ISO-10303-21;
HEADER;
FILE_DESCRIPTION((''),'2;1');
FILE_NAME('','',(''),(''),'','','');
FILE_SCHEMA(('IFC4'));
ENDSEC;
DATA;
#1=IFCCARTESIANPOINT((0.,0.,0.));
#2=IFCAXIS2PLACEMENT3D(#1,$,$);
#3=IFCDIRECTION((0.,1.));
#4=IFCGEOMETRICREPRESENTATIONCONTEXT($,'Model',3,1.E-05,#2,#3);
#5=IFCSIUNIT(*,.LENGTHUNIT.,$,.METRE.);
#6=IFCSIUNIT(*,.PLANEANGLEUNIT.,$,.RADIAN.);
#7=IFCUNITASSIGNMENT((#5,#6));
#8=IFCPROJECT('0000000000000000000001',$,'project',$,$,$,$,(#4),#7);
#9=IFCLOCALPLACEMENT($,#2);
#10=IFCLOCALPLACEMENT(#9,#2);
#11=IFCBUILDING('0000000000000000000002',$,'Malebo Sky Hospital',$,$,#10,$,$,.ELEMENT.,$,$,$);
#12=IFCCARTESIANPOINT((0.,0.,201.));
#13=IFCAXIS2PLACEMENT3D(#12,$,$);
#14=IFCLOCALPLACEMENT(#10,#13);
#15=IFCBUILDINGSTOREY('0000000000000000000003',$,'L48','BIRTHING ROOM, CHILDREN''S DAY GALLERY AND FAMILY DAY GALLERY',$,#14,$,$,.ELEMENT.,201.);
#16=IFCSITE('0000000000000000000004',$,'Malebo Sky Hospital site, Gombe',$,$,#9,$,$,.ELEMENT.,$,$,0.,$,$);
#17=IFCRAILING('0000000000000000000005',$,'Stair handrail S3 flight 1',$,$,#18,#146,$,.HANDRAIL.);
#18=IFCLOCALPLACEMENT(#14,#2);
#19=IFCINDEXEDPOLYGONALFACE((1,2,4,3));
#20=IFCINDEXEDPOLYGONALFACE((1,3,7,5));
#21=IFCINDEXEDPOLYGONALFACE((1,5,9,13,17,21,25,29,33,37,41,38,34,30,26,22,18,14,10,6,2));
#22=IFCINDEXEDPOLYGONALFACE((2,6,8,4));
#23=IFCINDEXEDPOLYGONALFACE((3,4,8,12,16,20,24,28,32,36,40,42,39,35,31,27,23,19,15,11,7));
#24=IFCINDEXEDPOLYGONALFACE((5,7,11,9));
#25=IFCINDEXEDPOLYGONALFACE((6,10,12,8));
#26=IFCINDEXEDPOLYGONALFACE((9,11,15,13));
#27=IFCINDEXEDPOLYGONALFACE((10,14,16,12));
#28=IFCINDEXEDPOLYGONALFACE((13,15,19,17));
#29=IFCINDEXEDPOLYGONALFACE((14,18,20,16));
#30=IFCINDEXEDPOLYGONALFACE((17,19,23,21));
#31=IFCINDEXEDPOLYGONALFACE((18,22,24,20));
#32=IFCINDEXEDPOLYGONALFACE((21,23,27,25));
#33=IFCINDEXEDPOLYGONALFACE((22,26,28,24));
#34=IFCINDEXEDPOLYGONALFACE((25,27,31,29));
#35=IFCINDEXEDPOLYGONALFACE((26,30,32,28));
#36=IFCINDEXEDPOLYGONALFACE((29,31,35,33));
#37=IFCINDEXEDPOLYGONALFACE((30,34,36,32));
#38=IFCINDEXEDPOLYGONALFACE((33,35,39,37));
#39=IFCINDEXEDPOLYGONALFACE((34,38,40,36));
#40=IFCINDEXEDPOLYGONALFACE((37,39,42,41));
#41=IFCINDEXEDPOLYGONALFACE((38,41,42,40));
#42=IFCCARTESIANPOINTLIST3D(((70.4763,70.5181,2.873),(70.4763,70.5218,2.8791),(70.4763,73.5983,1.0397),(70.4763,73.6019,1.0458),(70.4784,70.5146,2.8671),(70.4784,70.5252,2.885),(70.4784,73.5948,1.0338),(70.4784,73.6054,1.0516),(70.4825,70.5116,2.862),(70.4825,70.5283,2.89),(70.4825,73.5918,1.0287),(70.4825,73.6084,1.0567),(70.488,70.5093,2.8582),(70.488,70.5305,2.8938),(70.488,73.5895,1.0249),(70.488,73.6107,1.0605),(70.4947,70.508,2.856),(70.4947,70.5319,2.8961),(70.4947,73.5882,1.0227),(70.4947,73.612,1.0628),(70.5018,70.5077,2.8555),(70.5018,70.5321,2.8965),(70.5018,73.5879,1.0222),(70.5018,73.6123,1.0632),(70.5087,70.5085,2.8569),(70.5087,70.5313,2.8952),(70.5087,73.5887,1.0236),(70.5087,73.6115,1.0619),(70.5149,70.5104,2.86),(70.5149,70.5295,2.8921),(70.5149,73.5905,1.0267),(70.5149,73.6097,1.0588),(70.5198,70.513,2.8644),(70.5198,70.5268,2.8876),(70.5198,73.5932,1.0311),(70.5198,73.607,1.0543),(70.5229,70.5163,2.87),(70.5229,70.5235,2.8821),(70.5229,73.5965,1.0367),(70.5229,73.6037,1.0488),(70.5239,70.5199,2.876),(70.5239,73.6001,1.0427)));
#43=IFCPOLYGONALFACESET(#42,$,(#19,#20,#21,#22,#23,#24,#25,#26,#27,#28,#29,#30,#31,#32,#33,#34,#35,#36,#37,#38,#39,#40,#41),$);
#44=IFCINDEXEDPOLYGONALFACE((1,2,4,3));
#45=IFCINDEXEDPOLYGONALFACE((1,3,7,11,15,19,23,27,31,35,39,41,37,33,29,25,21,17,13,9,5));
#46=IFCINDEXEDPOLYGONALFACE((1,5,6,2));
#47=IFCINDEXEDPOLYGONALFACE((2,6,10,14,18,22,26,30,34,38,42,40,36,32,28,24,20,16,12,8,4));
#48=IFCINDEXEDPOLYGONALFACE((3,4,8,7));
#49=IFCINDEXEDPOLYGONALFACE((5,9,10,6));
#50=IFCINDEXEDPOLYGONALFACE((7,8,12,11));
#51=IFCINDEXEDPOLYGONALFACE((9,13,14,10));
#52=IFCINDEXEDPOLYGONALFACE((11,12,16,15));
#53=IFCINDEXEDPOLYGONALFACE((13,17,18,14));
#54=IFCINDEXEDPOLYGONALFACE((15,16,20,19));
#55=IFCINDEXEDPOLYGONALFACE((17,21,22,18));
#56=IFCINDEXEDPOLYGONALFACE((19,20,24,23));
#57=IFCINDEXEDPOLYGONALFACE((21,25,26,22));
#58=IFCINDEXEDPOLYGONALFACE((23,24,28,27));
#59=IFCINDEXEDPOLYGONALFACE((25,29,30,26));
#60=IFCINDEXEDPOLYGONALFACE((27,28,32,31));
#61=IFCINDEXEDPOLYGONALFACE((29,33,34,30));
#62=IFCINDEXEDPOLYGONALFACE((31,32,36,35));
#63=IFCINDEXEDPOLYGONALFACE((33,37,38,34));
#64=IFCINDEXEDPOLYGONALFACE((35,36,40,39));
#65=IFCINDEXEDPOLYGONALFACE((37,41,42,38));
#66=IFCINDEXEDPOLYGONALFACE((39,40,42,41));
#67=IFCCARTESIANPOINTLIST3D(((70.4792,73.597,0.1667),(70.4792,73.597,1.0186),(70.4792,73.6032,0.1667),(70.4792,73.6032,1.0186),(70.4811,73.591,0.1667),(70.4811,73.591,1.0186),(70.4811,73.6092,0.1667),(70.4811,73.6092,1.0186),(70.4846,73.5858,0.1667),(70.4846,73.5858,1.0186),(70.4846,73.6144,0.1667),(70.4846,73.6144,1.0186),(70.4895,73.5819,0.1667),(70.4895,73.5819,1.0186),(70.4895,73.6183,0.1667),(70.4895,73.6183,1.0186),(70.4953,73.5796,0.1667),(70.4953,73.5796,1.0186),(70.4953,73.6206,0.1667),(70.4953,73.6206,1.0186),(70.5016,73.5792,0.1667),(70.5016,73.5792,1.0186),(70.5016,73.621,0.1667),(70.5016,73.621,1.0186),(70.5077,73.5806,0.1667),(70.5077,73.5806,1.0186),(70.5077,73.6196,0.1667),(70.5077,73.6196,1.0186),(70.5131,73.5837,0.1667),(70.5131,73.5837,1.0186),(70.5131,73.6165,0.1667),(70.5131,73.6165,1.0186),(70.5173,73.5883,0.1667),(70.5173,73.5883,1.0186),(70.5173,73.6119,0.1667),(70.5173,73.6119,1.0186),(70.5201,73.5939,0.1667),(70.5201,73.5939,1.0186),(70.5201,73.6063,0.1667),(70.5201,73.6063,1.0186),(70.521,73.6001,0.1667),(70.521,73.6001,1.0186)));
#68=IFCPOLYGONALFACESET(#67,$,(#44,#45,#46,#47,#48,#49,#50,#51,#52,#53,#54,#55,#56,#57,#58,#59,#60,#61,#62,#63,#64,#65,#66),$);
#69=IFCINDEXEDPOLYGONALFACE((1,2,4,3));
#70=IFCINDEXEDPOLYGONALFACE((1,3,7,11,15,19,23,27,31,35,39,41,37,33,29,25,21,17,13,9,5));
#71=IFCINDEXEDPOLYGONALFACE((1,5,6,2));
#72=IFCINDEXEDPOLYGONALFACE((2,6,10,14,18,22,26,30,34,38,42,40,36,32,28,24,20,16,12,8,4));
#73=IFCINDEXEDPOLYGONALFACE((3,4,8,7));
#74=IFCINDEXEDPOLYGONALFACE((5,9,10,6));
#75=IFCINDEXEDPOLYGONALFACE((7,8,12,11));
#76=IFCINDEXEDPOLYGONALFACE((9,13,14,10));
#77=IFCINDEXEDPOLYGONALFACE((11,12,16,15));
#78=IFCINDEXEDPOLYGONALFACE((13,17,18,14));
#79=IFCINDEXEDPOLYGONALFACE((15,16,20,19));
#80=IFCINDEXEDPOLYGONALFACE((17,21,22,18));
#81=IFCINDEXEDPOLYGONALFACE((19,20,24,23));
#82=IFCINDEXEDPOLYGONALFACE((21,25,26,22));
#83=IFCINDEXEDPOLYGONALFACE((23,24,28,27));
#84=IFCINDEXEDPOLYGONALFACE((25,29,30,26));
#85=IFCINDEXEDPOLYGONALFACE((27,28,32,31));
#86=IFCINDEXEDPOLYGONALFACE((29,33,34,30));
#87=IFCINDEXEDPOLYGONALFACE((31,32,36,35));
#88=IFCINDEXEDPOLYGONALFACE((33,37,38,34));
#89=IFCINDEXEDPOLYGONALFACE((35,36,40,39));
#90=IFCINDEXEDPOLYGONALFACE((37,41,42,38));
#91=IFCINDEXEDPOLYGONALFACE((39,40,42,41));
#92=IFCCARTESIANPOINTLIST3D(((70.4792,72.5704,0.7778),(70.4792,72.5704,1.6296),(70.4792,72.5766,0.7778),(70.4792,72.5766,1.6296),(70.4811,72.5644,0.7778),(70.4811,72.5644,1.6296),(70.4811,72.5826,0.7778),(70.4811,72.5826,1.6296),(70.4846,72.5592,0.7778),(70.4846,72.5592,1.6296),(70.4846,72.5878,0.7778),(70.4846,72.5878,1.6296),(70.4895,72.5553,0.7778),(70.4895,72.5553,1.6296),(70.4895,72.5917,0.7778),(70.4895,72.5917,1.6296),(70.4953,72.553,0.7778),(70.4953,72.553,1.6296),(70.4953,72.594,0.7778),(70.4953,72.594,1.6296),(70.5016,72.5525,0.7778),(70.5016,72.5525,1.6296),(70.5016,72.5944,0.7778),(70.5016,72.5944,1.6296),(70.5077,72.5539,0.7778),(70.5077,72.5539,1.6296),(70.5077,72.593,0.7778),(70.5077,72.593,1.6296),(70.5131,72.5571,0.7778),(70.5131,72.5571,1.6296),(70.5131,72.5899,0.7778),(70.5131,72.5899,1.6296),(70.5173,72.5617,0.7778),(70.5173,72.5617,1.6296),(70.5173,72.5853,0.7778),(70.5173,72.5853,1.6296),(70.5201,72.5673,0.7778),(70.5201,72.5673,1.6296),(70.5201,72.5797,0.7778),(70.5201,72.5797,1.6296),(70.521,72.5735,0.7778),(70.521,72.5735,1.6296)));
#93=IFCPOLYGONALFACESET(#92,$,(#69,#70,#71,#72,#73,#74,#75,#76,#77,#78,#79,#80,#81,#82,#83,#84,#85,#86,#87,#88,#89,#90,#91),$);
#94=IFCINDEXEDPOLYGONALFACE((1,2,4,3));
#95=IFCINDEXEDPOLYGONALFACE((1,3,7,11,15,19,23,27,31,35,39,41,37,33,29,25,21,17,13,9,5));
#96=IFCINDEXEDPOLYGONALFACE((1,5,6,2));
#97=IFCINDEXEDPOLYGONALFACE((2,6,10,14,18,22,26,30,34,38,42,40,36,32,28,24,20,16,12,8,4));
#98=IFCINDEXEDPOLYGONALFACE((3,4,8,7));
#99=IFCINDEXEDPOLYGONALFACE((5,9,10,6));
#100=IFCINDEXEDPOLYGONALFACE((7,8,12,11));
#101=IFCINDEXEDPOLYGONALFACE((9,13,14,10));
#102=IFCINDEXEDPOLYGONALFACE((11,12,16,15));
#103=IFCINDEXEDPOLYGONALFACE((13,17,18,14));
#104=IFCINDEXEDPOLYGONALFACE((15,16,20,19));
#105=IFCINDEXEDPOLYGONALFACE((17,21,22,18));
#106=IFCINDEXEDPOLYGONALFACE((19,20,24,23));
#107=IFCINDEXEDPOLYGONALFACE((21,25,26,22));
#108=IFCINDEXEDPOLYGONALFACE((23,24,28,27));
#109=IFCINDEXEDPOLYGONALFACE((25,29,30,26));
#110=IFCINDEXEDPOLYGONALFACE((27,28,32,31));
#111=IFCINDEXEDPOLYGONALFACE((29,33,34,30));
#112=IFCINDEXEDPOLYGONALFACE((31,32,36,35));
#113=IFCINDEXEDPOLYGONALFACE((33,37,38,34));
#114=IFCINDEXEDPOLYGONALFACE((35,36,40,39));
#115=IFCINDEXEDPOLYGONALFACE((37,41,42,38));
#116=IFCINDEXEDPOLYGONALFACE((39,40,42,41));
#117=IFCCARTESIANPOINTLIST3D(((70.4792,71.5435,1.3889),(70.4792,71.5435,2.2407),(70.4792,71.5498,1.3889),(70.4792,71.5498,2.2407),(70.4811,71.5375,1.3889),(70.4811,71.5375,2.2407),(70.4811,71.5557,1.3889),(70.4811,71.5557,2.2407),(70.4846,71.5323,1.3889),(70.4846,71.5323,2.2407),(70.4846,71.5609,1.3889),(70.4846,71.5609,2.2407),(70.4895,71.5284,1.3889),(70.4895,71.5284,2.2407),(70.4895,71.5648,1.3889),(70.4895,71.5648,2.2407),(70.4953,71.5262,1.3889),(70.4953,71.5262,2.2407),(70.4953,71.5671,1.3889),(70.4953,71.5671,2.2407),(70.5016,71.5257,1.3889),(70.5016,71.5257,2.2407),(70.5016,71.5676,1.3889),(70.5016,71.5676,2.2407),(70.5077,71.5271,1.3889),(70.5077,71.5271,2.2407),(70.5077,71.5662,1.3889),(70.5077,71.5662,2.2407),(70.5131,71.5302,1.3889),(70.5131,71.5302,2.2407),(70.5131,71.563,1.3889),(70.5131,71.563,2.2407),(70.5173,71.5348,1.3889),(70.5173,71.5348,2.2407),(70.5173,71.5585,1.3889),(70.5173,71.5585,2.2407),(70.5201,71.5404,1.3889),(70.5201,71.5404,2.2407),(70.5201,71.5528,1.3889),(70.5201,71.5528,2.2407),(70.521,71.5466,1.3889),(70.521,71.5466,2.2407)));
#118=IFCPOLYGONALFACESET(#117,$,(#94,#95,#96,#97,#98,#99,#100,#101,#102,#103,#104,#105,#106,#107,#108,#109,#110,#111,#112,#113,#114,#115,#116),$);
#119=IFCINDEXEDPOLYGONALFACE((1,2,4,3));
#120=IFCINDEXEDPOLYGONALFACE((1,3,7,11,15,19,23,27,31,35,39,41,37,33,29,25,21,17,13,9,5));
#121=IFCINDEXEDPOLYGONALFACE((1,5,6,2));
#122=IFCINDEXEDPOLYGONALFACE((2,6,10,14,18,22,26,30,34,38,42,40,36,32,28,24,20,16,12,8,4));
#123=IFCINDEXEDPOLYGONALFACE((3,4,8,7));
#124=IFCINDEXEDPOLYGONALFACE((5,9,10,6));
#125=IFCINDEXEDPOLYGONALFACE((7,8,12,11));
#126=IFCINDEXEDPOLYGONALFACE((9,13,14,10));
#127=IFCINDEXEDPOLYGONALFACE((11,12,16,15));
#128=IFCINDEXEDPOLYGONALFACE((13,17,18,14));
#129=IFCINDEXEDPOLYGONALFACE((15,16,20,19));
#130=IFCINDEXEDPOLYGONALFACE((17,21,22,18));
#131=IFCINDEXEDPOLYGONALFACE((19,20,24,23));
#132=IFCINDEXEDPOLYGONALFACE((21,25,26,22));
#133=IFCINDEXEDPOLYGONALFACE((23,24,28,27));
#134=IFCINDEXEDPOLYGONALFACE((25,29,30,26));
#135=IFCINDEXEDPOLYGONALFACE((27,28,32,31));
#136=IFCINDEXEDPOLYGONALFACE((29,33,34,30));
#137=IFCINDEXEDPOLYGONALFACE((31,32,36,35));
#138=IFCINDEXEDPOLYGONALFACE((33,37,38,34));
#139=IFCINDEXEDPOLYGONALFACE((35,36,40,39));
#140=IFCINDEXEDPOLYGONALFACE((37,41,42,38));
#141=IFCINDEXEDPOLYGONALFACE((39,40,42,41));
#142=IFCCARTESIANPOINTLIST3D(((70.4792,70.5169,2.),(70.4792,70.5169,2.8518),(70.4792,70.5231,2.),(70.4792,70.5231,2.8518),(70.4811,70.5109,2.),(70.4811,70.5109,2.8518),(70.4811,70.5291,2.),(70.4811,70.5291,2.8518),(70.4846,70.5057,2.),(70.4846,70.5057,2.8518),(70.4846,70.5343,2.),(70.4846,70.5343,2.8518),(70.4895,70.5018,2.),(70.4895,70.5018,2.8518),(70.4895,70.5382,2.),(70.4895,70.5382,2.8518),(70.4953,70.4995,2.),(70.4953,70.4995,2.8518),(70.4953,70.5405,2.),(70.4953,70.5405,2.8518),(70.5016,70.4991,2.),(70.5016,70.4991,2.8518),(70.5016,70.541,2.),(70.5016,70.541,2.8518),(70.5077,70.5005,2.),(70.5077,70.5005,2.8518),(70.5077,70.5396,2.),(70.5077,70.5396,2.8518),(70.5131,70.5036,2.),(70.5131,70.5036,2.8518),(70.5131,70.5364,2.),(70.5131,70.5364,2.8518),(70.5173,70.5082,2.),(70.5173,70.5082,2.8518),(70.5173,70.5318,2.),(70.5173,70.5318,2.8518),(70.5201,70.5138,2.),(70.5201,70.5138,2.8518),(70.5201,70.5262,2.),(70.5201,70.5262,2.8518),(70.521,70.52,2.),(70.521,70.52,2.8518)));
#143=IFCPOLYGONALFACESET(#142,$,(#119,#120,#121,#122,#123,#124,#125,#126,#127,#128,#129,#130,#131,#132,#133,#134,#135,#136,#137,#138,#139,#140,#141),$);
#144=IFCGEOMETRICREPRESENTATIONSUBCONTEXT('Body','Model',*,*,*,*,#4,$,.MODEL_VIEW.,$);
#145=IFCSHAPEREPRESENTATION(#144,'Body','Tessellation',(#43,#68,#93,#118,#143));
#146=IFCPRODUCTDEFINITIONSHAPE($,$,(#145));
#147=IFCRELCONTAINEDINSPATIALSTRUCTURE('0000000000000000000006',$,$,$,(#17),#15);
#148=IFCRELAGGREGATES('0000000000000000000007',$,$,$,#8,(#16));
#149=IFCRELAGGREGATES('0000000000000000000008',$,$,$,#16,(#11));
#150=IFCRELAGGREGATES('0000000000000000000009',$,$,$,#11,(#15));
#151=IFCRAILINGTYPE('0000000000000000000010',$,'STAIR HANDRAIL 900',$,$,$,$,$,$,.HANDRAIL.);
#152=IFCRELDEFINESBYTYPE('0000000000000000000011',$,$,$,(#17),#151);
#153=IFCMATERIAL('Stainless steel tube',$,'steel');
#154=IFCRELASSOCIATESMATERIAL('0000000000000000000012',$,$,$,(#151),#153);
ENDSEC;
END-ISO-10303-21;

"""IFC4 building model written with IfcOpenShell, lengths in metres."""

from ifc_helpers import new_model, si_unit, direction, frame, origin, origin_2d, place, context, subcontext, project, spatial, circle, extrude, material, type_object, element, save


model = new_model("IFC4")

# Units and contexts
model_context = context("Model", 3, precision=1e-05, world=origin(), true_north=direction((0.0, 1.0)))
body_context = subcontext(model_context, "Body", "Model", "MODEL_VIEW")
ifc_project = project(units=[si_unit("LENGTHUNIT", "METRE"), si_unit("PLANEANGLEUNIT", "RADIAN")], contexts=[model_context])

# Site, building, storey
site_placement = place(None, origin())
site = spatial("IfcSite", under=ifc_project, at=site_placement, Name="Malebo Sky Hospital site, Gombe", CompositionType="ELEMENT", RefElevation=0.0)
building_placement = place(site_placement, origin())
building = spatial("IfcBuilding", under=site, at=building_placement, Name="Malebo Sky Hospital", CompositionType="ELEMENT")
storey_placement = place(building_placement, frame((0.0, 0.0, 201.0)))
storey = spatial("IfcBuildingStorey", under=building, at=storey_placement, Name="L48", Description="BIRTHING ROOM, CHILDREN'S DAY GALLERY AND FAMILY DAY GALLERY", CompositionType="ELEMENT", Elevation=201.0)

# Railing
ifc_material_1 = material(Name="Stainless steel tube", Category="steel")
railing_type = type_object("IfcRailingType", Name="STAIR HANDRAIL 900", PredefinedType="HANDRAIL", material=ifc_material_1)
railing_1_placement = place(storey_placement, frame((70.5, 73.6001, 0.1667)))
element("IfcRailing", 1, at=railing_1_placement, inside=storey, type_object=railing_type, Name="Stair handrail S3 flight 1", PredefinedType="HANDRAIL", context=body_context, shape_type="SweptSolid", body=[
    extrude(circle(Radius=0.0239, at=origin_2d()), frame((0.0, 0.0, 0.876), z_axis=(0.0, -0.859309, 0.511458), x_axis=(1.0, 0.0, 0.0)), (0.0, 0.0, 1.0), 3.5845),
    extrude(circle(Radius=0.021, at=origin_2d()), origin(), (0.0, 0.0, 1.0), 0.8518),
    extrude(circle(Radius=0.021, at=origin_2d()), frame((0.0, -1.0266, 0.6111)), (0.0, 0.0, 1.0), 0.8518),
    extrude(circle(Radius=0.021, at=origin_2d()), frame((0.0, -2.0535, 1.2222)), (0.0, 0.0, 1.0), 0.8518),
    extrude(circle(Radius=0.021, at=origin_2d()), frame((0.0, -3.0801, 1.8333)), (0.0, 0.0, 1.0), 0.8518),
])

save(model, "model.ifc")
